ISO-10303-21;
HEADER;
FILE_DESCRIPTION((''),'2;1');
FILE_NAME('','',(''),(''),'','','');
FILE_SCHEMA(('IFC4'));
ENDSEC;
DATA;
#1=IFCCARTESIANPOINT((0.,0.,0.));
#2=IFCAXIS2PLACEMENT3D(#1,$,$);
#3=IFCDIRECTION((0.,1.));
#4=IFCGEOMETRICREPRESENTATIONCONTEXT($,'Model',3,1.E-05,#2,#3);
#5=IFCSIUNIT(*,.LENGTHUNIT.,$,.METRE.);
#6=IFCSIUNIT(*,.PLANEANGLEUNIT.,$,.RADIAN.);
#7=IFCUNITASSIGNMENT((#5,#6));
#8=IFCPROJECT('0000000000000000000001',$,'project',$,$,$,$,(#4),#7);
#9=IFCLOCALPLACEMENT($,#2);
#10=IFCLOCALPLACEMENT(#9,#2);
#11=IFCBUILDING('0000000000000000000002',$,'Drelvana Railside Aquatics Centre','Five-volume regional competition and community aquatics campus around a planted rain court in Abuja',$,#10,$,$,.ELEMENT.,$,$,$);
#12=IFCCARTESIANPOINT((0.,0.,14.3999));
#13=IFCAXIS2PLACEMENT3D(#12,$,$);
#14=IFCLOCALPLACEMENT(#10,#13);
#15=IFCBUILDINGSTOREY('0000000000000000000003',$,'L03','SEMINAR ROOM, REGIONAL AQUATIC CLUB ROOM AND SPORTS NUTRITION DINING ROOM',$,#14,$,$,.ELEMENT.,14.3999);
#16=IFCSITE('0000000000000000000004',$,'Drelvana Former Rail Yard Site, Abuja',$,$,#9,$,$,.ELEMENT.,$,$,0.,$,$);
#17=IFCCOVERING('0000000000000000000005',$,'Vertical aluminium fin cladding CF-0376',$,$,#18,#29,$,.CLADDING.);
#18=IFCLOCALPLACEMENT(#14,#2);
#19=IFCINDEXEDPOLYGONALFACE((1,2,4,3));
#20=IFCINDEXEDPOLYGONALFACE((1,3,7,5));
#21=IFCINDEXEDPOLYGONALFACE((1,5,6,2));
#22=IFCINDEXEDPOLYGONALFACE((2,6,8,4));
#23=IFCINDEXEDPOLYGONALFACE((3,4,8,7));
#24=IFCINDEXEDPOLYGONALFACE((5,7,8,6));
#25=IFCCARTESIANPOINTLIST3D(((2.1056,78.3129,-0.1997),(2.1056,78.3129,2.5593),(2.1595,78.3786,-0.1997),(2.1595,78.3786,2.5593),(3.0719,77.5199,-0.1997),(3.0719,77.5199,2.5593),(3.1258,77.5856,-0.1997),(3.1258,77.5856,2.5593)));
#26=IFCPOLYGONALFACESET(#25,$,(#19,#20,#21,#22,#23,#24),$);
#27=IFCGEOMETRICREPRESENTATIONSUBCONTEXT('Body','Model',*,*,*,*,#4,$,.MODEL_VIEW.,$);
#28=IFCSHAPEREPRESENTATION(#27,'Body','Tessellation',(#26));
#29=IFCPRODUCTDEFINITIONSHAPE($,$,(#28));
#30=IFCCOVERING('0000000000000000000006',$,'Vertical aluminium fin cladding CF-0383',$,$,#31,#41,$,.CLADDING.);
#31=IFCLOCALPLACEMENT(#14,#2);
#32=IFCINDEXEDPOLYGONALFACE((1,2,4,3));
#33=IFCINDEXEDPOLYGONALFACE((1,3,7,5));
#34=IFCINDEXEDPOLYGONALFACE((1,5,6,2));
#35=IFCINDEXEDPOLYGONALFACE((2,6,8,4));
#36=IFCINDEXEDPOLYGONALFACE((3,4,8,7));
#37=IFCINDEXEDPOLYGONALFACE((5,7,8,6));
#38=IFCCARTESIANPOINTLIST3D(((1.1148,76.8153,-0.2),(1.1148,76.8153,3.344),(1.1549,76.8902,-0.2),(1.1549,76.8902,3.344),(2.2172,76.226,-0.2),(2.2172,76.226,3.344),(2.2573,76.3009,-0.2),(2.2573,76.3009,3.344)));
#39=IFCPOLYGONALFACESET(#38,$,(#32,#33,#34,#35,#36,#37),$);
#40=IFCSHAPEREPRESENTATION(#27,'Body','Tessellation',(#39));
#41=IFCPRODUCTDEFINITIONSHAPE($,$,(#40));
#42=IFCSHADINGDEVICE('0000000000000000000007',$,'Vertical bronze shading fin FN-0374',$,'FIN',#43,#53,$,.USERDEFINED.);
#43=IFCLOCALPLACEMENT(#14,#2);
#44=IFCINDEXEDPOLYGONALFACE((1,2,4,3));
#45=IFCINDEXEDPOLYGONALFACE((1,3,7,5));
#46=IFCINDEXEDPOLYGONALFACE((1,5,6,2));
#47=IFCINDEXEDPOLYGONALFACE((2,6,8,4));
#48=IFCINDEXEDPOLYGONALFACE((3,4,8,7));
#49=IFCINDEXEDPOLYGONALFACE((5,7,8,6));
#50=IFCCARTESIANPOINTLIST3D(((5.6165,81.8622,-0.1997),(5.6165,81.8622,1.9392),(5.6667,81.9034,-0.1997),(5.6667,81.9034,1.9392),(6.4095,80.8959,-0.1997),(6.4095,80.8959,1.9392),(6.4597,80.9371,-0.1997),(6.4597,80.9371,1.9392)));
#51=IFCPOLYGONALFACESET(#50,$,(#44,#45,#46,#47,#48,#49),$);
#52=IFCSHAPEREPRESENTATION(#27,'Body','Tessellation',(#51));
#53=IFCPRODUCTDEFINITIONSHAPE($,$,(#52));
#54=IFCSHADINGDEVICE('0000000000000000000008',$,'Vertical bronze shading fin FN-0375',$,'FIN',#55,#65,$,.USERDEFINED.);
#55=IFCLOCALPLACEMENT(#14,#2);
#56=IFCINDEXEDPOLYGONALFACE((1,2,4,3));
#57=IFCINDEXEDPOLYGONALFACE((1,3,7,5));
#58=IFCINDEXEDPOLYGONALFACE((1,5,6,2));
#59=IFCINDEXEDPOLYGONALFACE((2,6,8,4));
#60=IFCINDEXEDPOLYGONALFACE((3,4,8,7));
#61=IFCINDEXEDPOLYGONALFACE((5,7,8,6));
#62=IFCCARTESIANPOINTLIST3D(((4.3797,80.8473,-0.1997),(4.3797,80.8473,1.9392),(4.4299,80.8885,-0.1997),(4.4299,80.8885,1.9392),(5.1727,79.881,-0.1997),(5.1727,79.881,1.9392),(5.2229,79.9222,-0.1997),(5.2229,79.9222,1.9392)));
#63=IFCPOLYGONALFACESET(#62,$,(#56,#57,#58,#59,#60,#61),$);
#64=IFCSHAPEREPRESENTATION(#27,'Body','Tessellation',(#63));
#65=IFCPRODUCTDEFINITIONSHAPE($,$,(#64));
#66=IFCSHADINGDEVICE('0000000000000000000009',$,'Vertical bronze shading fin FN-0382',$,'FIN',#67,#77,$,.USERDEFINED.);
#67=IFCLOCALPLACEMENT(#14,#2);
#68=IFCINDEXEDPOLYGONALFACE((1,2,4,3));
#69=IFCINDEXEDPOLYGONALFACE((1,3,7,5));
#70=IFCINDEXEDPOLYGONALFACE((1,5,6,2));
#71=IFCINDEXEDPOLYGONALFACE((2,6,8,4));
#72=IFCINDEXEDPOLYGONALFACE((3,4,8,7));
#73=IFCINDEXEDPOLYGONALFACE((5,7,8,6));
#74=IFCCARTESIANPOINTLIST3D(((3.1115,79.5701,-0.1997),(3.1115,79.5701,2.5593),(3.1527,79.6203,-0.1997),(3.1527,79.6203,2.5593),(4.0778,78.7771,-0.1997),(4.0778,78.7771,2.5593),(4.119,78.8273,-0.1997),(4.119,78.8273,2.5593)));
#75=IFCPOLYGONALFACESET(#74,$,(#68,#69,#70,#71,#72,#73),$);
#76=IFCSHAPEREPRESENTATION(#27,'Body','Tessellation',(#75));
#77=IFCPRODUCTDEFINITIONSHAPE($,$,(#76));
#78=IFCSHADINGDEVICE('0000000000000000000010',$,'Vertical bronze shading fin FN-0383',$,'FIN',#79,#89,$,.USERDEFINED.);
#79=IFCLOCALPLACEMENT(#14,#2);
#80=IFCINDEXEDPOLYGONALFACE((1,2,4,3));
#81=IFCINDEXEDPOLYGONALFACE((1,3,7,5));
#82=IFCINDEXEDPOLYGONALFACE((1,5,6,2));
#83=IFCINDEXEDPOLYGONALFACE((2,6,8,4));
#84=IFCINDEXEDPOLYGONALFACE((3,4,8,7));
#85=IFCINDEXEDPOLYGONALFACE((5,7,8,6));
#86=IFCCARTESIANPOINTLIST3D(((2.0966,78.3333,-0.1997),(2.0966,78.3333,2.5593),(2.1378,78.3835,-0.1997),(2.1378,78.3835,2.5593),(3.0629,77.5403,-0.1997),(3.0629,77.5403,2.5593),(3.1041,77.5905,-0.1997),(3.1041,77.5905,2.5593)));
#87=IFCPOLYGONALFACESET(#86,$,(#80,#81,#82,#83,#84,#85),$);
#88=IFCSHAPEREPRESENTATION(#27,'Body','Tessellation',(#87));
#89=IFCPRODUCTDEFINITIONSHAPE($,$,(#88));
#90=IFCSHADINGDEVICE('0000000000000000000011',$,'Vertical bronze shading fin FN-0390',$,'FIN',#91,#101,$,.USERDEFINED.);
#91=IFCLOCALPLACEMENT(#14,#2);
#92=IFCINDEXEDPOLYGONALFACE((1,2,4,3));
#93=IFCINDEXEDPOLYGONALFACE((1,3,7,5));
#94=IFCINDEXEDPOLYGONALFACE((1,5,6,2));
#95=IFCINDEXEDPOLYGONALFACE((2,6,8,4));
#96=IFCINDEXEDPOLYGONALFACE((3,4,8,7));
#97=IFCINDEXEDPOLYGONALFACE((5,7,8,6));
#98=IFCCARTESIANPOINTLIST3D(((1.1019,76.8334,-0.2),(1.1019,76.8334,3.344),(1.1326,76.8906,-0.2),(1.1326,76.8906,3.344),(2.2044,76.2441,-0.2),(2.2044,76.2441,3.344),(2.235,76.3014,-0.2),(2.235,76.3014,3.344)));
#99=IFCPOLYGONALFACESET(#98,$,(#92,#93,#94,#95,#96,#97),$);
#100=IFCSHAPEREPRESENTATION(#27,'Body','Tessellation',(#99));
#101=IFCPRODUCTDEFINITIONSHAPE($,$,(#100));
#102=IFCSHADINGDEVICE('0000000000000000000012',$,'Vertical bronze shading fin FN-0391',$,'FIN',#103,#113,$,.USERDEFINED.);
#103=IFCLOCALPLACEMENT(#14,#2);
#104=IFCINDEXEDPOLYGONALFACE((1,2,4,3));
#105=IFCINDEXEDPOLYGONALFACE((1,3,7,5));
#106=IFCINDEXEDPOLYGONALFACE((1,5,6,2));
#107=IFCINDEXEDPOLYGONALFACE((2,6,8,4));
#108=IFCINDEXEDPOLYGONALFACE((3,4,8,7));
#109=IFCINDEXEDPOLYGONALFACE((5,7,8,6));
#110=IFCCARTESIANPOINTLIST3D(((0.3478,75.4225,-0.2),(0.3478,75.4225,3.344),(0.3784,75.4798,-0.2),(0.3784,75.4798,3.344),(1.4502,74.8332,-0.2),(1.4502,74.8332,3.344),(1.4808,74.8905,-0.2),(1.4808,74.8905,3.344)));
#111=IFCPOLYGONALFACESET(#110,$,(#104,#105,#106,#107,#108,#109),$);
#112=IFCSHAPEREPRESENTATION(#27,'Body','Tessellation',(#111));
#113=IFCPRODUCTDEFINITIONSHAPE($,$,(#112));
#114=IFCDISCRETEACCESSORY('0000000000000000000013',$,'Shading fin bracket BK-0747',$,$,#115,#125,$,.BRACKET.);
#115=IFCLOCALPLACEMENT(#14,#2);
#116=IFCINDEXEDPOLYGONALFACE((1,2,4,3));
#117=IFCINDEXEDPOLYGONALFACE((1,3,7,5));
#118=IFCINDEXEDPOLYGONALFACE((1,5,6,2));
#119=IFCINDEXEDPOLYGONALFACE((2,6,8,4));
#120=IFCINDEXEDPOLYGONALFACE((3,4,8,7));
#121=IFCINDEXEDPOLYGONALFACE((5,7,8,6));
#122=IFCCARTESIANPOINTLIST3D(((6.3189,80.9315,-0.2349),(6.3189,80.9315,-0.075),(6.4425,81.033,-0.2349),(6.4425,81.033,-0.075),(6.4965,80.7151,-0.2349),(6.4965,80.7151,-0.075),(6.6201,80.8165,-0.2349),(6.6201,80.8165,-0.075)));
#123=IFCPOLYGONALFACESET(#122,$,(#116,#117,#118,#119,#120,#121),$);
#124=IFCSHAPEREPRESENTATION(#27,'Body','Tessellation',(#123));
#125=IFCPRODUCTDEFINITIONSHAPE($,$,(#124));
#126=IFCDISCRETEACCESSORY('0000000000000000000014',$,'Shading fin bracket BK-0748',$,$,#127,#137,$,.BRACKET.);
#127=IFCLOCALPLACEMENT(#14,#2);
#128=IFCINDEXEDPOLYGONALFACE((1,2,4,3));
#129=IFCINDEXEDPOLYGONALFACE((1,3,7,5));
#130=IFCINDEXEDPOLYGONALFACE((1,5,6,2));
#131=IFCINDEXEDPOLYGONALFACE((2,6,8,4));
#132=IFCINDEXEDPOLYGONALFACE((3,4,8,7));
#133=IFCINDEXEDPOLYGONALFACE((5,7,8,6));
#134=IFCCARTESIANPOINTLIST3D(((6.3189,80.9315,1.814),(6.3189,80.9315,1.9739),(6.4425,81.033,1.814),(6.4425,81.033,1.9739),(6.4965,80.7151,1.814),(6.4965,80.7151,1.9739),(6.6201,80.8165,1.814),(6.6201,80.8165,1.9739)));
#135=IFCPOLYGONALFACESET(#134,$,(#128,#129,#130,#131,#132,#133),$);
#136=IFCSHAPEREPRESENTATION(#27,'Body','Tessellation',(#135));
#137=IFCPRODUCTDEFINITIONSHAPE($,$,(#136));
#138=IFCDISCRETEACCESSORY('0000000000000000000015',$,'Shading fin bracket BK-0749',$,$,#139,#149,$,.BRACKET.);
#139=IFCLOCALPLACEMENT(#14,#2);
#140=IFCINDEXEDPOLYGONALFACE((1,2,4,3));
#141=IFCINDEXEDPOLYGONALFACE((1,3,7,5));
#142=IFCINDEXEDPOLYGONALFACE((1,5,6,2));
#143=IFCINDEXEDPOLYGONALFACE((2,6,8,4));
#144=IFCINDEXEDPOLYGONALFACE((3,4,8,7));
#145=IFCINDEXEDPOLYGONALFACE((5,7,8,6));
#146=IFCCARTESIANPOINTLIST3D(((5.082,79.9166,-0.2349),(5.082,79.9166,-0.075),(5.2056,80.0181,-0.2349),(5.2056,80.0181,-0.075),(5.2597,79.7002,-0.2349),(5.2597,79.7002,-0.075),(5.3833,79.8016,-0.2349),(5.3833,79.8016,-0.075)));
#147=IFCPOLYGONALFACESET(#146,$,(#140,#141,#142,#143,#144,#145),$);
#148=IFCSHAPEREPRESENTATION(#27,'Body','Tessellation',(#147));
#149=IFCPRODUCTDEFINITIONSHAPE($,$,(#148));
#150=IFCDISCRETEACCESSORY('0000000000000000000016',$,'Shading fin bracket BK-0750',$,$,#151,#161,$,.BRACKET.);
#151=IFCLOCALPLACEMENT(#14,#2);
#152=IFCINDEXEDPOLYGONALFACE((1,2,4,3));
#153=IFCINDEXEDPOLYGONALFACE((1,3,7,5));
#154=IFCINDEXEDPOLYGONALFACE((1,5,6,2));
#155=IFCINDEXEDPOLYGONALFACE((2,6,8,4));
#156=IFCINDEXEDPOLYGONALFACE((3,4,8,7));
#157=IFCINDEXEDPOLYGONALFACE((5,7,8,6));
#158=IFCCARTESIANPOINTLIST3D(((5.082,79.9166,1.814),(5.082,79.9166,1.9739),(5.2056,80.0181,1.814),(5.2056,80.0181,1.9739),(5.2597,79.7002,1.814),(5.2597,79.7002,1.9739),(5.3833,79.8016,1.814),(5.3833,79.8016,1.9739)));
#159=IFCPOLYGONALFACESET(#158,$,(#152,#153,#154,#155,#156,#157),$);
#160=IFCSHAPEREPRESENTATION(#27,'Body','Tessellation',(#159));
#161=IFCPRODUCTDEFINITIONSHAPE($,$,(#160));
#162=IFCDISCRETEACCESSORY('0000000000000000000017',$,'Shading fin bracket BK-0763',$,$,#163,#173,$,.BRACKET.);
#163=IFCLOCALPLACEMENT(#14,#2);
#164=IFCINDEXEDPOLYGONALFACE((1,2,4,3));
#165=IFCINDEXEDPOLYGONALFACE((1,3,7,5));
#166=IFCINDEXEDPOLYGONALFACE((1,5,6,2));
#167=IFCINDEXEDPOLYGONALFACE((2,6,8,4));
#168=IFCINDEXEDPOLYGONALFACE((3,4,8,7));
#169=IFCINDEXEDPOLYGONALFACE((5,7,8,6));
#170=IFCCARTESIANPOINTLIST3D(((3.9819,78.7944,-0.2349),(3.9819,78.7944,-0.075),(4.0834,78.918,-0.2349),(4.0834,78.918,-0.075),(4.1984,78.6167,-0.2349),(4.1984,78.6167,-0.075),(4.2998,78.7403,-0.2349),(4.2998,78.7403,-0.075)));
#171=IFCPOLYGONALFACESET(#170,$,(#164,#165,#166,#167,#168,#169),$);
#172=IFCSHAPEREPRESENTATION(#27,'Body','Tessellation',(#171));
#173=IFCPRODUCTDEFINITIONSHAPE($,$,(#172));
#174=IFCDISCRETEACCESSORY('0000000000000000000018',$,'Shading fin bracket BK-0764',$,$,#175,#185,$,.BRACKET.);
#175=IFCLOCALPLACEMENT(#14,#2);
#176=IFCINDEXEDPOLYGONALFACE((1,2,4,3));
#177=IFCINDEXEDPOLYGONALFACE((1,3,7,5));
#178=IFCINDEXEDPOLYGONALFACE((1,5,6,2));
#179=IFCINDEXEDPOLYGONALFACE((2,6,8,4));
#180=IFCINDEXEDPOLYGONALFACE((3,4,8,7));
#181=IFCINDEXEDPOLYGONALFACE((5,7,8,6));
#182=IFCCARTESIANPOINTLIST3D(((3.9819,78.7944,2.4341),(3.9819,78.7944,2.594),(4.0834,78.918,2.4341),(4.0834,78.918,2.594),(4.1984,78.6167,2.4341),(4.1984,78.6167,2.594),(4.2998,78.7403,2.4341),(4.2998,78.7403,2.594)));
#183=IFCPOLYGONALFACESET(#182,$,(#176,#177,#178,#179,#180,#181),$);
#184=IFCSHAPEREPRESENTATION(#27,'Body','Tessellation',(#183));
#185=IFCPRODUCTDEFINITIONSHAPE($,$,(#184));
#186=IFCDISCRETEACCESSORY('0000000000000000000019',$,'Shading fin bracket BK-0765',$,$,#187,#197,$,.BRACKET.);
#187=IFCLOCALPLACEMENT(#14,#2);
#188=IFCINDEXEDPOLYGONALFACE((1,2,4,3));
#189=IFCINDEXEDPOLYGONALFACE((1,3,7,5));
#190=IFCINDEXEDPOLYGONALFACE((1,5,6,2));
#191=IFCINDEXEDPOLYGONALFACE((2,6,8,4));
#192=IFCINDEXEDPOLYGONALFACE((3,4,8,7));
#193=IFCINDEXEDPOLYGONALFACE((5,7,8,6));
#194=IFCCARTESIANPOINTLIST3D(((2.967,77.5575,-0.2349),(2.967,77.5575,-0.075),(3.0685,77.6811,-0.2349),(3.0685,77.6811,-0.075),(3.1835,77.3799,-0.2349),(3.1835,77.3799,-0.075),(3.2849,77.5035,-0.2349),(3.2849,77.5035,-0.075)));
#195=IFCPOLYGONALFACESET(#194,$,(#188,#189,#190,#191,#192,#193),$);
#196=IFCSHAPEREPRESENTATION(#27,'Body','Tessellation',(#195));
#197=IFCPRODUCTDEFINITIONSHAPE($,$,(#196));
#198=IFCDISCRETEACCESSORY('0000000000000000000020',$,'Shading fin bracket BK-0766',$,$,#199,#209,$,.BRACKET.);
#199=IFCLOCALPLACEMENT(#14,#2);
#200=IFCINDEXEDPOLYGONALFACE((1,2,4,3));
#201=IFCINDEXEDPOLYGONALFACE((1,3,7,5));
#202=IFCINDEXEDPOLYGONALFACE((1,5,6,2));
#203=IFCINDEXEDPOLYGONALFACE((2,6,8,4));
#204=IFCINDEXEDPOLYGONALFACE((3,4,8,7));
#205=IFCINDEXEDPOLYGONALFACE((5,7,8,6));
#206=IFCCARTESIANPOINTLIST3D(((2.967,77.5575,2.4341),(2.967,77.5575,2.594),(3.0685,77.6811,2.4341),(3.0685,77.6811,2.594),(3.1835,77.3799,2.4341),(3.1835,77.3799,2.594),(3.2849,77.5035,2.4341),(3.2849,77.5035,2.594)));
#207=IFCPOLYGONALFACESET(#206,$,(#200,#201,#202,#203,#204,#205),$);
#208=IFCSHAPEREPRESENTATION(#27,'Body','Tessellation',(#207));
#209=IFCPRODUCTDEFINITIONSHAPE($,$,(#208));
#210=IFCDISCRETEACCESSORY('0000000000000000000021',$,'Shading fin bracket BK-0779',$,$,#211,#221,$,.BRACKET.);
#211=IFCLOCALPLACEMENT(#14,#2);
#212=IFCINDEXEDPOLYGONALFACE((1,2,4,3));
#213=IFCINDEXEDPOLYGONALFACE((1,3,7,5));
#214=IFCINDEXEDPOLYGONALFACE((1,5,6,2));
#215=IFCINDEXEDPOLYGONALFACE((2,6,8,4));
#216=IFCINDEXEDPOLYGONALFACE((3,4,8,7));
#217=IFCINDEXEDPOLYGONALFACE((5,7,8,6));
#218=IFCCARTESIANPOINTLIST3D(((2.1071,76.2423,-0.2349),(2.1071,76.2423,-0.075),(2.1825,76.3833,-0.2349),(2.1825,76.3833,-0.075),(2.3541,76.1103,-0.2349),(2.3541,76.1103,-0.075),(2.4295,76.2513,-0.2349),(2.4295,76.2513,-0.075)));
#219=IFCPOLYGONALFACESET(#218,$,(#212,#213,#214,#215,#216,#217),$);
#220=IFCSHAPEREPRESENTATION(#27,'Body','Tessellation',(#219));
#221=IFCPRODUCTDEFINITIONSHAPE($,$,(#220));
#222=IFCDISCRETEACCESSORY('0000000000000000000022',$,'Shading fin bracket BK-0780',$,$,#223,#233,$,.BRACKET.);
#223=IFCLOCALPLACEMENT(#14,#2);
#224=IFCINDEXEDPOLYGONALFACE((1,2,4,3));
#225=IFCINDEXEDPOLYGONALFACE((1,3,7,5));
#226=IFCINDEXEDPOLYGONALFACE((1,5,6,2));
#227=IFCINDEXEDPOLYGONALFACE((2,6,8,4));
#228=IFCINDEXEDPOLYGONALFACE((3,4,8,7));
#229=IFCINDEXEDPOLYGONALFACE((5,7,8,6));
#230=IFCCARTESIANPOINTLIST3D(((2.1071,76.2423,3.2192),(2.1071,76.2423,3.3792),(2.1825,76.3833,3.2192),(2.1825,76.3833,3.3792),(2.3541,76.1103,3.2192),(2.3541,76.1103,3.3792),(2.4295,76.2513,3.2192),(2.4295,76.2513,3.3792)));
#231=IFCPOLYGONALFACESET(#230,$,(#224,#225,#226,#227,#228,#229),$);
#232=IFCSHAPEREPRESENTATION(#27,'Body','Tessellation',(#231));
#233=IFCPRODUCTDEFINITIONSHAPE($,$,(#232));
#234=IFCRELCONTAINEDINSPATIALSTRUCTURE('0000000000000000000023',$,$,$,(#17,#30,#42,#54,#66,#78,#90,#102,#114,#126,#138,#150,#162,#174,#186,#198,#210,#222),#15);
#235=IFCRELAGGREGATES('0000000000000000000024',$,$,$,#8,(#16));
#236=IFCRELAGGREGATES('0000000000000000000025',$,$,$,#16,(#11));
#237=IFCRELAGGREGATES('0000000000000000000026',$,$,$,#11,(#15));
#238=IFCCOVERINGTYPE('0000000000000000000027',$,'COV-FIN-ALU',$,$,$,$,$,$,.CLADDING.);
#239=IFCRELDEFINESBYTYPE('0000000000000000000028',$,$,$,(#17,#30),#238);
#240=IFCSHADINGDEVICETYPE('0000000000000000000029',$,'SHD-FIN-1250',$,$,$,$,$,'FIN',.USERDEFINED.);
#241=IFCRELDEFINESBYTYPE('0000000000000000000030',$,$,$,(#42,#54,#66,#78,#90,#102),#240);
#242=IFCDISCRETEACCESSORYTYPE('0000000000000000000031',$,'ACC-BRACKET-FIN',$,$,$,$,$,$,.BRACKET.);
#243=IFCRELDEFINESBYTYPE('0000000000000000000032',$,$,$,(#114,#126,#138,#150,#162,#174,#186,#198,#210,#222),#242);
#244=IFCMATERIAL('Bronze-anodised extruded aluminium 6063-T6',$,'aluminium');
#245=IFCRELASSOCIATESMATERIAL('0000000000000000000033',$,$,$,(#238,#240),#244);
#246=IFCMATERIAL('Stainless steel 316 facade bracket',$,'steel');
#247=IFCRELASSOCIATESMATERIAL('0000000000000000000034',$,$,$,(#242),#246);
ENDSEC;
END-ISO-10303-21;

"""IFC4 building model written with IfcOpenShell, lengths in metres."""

from ifc_helpers import new_model, si_unit, direction, frame, origin, origin_2d, place, context, subcontext, project, spatial, rectangle, extrude, material, type_object, element, save


model = new_model("IFC4")

# Units and contexts
model_context = context("Model", 3, precision=1e-05, world=origin(), true_north=direction((0.0, 1.0)))
body_context = subcontext(model_context, "Body", "Model", "MODEL_VIEW")
ifc_project = project(units=[si_unit("LENGTHUNIT", "METRE"), si_unit("PLANEANGLEUNIT", "RADIAN")], contexts=[model_context])

# Site, building, storey
site_placement = place(None, origin())
site = spatial("IfcSite", under=ifc_project, at=site_placement, Name="Drelvana Former Rail Yard Site, Abuja", CompositionType="ELEMENT", RefElevation=0.0)
building_placement = place(site_placement, origin())
building = spatial("IfcBuilding", under=site, at=building_placement, Name="Drelvana Railside Aquatics Centre", Description="Five-volume regional competition and community aquatics campus around a planted rain court in Abuja", CompositionType="ELEMENT")
storey_placement = place(building_placement, frame((0.0, 0.0, 14.3999)))
storey = spatial("IfcBuildingStorey", under=building, at=storey_placement, Name="L03", Description="SEMINAR ROOM, REGIONAL AQUATIC CLUB ROOM AND SPORTS NUTRITION DINING ROOM", CompositionType="ELEMENT", Elevation=14.3999)

# Coverings
ifc_material_1 = material(Name="Bronze-anodised extruded aluminium 6063-T6", Category="aluminium")
covering_type = type_object("IfcCoveringType", Name="COV-FIN-ALU", PredefinedType="CLADDING", material=ifc_material_1)
for number, where, z_axis, x_axis, name in (
    (1, (2.6157, 77.9492, -0.1997), (0.0, 0.0, 1.0), (0.634393, 0.77301, 0.0), "Vertical aluminium fin cladding CF-0376"),
):
    element("IfcCovering", number, at=place(storey_placement, frame(where, z_axis=z_axis, x_axis=x_axis)), inside=storey, type_object=covering_type, Name=name, PredefinedType="CLADDING", context=body_context, shape_type="SweptSolid", body=[
        extrude(rectangle(XDim=0.085, YDim=1.25, at=origin_2d()), origin(), (0.0, 0.0, 1.0), 2.759),
    ])
covering_placement = place(storey_placement, frame((1.686, 76.5581, -0.2), z_axis=(0.0, 0.0, 1.0), x_axis=(0.471397, 0.881921, 0.0)))
element("IfcCovering", 2, at=covering_placement, inside=storey, type_object=covering_type, Name="Vertical aluminium fin cladding CF-0383", PredefinedType="CLADDING", context=body_context, shape_type="SweptSolid", body=[
    extrude(rectangle(XDim=0.085, YDim=1.25, at=origin_2d()), origin(), (0.0, 0.0, 1.0), 3.5439),
])

# Shading devices
shading_device_type = type_object("IfcShadingDeviceType", Name="SHD-FIN-1250", ElementType="FIN", PredefinedType="USERDEFINED", material=ifc_material_1)
for number, where, z_axis, x_axis, name in (
    (3, (6.0381, 81.3997, -0.1997), (0.0, 0.0, 1.0), (-0.634393, 0.77301, 0.0), "Vertical bronze shading fin FN-0374"),
    (4, (4.8013, 80.3848, -0.1997), (0.0, 0.0, 1.0), (-0.634393, 0.77301, 0.0), "Vertical bronze shading fin FN-0375"),
):
    element("IfcShadingDevice", number, at=place(storey_placement, frame(where, z_axis=z_axis, x_axis=x_axis)), inside=storey, type_object=shading_device_type, Name=name, ObjectType="FIN", PredefinedType="USERDEFINED", context=body_context, shape_type="SweptSolid", body=[
        extrude(rectangle(XDim=1.25, YDim=0.0649, at=origin_2d()), origin(), (0.0, 0.0, 1.0), 2.1389),
    ])
for number, where, z_axis, x_axis, name in (
    (5, (3.6152, 79.1987, -0.1997), (0.0, 0.0, 1.0), (-0.77301, 0.634393, 0.0), "Vertical bronze shading fin FN-0382"),
    (6, (2.6003, 77.9619, -0.1997), (0.0, 0.0, 1.0), (-0.77301, 0.634393, 0.0), "Vertical bronze shading fin FN-0383"),
):
    element("IfcShadingDevice", number, at=place(storey_placement, frame(where, z_axis=z_axis, x_axis=x_axis)), inside=storey, type_object=shading_device_type, Name=name, ObjectType="FIN", PredefinedType="USERDEFINED", context=body_context, shape_type="SweptSolid", body=[
        extrude(rectangle(XDim=1.25, YDim=0.0649, at=origin_2d()), origin(), (0.0, 0.0, 1.0), 2.759),
    ])
for number, where, z_axis, x_axis, name in (
    (7, (1.6685, 76.5674, -0.2), (0.0, 0.0, 1.0), (-0.881921, 0.471397, 0.0), "Vertical bronze shading fin FN-0390"),
    (8, (0.9143, 75.1565, -0.2), (0.0, 0.0, 1.0), (-0.881921, 0.471397, 0.0), "Vertical bronze shading fin FN-0391"),
):
    element("IfcShadingDevice", number, at=place(storey_placement, frame(where, z_axis=z_axis, x_axis=x_axis)), inside=storey, type_object=shading_device_type, Name=name, ObjectType="FIN", PredefinedType="USERDEFINED", context=body_context, shape_type="SweptSolid", body=[
        extrude(rectangle(XDim=1.25, YDim=0.0649, at=origin_2d()), origin(), (0.0, 0.0, 1.0), 3.5439),
    ])

# Discrete accessories
ifc_material_2 = material(Name="Stainless steel 316 facade bracket", Category="steel")
discrete_accessory_type = type_object("IfcDiscreteAccessoryType", Name="ACC-BRACKET-FIN", PredefinedType="BRACKET", material=ifc_material_2)
for number, where, z_axis, x_axis, name in (
    (9, (6.4695, 80.874, -0.2349), (0.0, 0.0, 1.0), (-0.634393, 0.77301, 0.0), "Shading fin bracket BK-0747"),
    (10, (6.4695, 80.874, 1.814), (0.0, 0.0, 1.0), (-0.634393, 0.77301, 0.0), "Shading fin bracket BK-0748"),
    (11, (5.2327, 79.8591, -0.2349), (0.0, 0.0, 1.0), (-0.634393, 0.77301, 0.0), "Shading fin bracket BK-0749"),
    (12, (5.2327, 79.8591, 1.814), (0.0, 0.0, 1.0), (-0.634393, 0.77301, 0.0), "Shading fin bracket BK-0750"),
    (13, (4.1409, 78.7673, -0.2349), (0.0, 0.0, 1.0), (-0.77301, 0.634393, 0.0), "Shading fin bracket BK-0763"),
    (14, (4.1409, 78.7673, 2.4341), (0.0, 0.0, 1.0), (-0.77301, 0.634393, 0.0), "Shading fin bracket BK-0764"),
    (15, (3.126, 77.5305, -0.2349), (0.0, 0.0, 1.0), (-0.77301, 0.634393, 0.0), "Shading fin bracket BK-0765"),
    (16, (3.126, 77.5305, 2.4341), (0.0, 0.0, 1.0), (-0.77301, 0.634393, 0.0), "Shading fin bracket BK-0766"),
    (17, (2.2683, 76.2468, -0.2349), (0.0, 0.0, 1.0), (-0.881921, 0.471397, 0.0), "Shading fin bracket BK-0779"),
    (18, (2.2683, 76.2468, 3.2192), (0.0, 0.0, 1.0), (-0.881921, 0.471397, 0.0), "Shading fin bracket BK-0780"),
):
    element("IfcDiscreteAccessory", number, at=place(storey_placement, frame(where, z_axis=z_axis, x_axis=x_axis)), inside=storey, type_object=discrete_accessory_type, Name=name, PredefinedType="BRACKET", context=body_context, shape_type="SweptSolid", body=[
        extrude(rectangle(XDim=0.28, YDim=0.1599, at=origin_2d()), origin(), (0.0, 0.0, 1.0), 0.1599),
    ])

save(model, "model.ifc")
